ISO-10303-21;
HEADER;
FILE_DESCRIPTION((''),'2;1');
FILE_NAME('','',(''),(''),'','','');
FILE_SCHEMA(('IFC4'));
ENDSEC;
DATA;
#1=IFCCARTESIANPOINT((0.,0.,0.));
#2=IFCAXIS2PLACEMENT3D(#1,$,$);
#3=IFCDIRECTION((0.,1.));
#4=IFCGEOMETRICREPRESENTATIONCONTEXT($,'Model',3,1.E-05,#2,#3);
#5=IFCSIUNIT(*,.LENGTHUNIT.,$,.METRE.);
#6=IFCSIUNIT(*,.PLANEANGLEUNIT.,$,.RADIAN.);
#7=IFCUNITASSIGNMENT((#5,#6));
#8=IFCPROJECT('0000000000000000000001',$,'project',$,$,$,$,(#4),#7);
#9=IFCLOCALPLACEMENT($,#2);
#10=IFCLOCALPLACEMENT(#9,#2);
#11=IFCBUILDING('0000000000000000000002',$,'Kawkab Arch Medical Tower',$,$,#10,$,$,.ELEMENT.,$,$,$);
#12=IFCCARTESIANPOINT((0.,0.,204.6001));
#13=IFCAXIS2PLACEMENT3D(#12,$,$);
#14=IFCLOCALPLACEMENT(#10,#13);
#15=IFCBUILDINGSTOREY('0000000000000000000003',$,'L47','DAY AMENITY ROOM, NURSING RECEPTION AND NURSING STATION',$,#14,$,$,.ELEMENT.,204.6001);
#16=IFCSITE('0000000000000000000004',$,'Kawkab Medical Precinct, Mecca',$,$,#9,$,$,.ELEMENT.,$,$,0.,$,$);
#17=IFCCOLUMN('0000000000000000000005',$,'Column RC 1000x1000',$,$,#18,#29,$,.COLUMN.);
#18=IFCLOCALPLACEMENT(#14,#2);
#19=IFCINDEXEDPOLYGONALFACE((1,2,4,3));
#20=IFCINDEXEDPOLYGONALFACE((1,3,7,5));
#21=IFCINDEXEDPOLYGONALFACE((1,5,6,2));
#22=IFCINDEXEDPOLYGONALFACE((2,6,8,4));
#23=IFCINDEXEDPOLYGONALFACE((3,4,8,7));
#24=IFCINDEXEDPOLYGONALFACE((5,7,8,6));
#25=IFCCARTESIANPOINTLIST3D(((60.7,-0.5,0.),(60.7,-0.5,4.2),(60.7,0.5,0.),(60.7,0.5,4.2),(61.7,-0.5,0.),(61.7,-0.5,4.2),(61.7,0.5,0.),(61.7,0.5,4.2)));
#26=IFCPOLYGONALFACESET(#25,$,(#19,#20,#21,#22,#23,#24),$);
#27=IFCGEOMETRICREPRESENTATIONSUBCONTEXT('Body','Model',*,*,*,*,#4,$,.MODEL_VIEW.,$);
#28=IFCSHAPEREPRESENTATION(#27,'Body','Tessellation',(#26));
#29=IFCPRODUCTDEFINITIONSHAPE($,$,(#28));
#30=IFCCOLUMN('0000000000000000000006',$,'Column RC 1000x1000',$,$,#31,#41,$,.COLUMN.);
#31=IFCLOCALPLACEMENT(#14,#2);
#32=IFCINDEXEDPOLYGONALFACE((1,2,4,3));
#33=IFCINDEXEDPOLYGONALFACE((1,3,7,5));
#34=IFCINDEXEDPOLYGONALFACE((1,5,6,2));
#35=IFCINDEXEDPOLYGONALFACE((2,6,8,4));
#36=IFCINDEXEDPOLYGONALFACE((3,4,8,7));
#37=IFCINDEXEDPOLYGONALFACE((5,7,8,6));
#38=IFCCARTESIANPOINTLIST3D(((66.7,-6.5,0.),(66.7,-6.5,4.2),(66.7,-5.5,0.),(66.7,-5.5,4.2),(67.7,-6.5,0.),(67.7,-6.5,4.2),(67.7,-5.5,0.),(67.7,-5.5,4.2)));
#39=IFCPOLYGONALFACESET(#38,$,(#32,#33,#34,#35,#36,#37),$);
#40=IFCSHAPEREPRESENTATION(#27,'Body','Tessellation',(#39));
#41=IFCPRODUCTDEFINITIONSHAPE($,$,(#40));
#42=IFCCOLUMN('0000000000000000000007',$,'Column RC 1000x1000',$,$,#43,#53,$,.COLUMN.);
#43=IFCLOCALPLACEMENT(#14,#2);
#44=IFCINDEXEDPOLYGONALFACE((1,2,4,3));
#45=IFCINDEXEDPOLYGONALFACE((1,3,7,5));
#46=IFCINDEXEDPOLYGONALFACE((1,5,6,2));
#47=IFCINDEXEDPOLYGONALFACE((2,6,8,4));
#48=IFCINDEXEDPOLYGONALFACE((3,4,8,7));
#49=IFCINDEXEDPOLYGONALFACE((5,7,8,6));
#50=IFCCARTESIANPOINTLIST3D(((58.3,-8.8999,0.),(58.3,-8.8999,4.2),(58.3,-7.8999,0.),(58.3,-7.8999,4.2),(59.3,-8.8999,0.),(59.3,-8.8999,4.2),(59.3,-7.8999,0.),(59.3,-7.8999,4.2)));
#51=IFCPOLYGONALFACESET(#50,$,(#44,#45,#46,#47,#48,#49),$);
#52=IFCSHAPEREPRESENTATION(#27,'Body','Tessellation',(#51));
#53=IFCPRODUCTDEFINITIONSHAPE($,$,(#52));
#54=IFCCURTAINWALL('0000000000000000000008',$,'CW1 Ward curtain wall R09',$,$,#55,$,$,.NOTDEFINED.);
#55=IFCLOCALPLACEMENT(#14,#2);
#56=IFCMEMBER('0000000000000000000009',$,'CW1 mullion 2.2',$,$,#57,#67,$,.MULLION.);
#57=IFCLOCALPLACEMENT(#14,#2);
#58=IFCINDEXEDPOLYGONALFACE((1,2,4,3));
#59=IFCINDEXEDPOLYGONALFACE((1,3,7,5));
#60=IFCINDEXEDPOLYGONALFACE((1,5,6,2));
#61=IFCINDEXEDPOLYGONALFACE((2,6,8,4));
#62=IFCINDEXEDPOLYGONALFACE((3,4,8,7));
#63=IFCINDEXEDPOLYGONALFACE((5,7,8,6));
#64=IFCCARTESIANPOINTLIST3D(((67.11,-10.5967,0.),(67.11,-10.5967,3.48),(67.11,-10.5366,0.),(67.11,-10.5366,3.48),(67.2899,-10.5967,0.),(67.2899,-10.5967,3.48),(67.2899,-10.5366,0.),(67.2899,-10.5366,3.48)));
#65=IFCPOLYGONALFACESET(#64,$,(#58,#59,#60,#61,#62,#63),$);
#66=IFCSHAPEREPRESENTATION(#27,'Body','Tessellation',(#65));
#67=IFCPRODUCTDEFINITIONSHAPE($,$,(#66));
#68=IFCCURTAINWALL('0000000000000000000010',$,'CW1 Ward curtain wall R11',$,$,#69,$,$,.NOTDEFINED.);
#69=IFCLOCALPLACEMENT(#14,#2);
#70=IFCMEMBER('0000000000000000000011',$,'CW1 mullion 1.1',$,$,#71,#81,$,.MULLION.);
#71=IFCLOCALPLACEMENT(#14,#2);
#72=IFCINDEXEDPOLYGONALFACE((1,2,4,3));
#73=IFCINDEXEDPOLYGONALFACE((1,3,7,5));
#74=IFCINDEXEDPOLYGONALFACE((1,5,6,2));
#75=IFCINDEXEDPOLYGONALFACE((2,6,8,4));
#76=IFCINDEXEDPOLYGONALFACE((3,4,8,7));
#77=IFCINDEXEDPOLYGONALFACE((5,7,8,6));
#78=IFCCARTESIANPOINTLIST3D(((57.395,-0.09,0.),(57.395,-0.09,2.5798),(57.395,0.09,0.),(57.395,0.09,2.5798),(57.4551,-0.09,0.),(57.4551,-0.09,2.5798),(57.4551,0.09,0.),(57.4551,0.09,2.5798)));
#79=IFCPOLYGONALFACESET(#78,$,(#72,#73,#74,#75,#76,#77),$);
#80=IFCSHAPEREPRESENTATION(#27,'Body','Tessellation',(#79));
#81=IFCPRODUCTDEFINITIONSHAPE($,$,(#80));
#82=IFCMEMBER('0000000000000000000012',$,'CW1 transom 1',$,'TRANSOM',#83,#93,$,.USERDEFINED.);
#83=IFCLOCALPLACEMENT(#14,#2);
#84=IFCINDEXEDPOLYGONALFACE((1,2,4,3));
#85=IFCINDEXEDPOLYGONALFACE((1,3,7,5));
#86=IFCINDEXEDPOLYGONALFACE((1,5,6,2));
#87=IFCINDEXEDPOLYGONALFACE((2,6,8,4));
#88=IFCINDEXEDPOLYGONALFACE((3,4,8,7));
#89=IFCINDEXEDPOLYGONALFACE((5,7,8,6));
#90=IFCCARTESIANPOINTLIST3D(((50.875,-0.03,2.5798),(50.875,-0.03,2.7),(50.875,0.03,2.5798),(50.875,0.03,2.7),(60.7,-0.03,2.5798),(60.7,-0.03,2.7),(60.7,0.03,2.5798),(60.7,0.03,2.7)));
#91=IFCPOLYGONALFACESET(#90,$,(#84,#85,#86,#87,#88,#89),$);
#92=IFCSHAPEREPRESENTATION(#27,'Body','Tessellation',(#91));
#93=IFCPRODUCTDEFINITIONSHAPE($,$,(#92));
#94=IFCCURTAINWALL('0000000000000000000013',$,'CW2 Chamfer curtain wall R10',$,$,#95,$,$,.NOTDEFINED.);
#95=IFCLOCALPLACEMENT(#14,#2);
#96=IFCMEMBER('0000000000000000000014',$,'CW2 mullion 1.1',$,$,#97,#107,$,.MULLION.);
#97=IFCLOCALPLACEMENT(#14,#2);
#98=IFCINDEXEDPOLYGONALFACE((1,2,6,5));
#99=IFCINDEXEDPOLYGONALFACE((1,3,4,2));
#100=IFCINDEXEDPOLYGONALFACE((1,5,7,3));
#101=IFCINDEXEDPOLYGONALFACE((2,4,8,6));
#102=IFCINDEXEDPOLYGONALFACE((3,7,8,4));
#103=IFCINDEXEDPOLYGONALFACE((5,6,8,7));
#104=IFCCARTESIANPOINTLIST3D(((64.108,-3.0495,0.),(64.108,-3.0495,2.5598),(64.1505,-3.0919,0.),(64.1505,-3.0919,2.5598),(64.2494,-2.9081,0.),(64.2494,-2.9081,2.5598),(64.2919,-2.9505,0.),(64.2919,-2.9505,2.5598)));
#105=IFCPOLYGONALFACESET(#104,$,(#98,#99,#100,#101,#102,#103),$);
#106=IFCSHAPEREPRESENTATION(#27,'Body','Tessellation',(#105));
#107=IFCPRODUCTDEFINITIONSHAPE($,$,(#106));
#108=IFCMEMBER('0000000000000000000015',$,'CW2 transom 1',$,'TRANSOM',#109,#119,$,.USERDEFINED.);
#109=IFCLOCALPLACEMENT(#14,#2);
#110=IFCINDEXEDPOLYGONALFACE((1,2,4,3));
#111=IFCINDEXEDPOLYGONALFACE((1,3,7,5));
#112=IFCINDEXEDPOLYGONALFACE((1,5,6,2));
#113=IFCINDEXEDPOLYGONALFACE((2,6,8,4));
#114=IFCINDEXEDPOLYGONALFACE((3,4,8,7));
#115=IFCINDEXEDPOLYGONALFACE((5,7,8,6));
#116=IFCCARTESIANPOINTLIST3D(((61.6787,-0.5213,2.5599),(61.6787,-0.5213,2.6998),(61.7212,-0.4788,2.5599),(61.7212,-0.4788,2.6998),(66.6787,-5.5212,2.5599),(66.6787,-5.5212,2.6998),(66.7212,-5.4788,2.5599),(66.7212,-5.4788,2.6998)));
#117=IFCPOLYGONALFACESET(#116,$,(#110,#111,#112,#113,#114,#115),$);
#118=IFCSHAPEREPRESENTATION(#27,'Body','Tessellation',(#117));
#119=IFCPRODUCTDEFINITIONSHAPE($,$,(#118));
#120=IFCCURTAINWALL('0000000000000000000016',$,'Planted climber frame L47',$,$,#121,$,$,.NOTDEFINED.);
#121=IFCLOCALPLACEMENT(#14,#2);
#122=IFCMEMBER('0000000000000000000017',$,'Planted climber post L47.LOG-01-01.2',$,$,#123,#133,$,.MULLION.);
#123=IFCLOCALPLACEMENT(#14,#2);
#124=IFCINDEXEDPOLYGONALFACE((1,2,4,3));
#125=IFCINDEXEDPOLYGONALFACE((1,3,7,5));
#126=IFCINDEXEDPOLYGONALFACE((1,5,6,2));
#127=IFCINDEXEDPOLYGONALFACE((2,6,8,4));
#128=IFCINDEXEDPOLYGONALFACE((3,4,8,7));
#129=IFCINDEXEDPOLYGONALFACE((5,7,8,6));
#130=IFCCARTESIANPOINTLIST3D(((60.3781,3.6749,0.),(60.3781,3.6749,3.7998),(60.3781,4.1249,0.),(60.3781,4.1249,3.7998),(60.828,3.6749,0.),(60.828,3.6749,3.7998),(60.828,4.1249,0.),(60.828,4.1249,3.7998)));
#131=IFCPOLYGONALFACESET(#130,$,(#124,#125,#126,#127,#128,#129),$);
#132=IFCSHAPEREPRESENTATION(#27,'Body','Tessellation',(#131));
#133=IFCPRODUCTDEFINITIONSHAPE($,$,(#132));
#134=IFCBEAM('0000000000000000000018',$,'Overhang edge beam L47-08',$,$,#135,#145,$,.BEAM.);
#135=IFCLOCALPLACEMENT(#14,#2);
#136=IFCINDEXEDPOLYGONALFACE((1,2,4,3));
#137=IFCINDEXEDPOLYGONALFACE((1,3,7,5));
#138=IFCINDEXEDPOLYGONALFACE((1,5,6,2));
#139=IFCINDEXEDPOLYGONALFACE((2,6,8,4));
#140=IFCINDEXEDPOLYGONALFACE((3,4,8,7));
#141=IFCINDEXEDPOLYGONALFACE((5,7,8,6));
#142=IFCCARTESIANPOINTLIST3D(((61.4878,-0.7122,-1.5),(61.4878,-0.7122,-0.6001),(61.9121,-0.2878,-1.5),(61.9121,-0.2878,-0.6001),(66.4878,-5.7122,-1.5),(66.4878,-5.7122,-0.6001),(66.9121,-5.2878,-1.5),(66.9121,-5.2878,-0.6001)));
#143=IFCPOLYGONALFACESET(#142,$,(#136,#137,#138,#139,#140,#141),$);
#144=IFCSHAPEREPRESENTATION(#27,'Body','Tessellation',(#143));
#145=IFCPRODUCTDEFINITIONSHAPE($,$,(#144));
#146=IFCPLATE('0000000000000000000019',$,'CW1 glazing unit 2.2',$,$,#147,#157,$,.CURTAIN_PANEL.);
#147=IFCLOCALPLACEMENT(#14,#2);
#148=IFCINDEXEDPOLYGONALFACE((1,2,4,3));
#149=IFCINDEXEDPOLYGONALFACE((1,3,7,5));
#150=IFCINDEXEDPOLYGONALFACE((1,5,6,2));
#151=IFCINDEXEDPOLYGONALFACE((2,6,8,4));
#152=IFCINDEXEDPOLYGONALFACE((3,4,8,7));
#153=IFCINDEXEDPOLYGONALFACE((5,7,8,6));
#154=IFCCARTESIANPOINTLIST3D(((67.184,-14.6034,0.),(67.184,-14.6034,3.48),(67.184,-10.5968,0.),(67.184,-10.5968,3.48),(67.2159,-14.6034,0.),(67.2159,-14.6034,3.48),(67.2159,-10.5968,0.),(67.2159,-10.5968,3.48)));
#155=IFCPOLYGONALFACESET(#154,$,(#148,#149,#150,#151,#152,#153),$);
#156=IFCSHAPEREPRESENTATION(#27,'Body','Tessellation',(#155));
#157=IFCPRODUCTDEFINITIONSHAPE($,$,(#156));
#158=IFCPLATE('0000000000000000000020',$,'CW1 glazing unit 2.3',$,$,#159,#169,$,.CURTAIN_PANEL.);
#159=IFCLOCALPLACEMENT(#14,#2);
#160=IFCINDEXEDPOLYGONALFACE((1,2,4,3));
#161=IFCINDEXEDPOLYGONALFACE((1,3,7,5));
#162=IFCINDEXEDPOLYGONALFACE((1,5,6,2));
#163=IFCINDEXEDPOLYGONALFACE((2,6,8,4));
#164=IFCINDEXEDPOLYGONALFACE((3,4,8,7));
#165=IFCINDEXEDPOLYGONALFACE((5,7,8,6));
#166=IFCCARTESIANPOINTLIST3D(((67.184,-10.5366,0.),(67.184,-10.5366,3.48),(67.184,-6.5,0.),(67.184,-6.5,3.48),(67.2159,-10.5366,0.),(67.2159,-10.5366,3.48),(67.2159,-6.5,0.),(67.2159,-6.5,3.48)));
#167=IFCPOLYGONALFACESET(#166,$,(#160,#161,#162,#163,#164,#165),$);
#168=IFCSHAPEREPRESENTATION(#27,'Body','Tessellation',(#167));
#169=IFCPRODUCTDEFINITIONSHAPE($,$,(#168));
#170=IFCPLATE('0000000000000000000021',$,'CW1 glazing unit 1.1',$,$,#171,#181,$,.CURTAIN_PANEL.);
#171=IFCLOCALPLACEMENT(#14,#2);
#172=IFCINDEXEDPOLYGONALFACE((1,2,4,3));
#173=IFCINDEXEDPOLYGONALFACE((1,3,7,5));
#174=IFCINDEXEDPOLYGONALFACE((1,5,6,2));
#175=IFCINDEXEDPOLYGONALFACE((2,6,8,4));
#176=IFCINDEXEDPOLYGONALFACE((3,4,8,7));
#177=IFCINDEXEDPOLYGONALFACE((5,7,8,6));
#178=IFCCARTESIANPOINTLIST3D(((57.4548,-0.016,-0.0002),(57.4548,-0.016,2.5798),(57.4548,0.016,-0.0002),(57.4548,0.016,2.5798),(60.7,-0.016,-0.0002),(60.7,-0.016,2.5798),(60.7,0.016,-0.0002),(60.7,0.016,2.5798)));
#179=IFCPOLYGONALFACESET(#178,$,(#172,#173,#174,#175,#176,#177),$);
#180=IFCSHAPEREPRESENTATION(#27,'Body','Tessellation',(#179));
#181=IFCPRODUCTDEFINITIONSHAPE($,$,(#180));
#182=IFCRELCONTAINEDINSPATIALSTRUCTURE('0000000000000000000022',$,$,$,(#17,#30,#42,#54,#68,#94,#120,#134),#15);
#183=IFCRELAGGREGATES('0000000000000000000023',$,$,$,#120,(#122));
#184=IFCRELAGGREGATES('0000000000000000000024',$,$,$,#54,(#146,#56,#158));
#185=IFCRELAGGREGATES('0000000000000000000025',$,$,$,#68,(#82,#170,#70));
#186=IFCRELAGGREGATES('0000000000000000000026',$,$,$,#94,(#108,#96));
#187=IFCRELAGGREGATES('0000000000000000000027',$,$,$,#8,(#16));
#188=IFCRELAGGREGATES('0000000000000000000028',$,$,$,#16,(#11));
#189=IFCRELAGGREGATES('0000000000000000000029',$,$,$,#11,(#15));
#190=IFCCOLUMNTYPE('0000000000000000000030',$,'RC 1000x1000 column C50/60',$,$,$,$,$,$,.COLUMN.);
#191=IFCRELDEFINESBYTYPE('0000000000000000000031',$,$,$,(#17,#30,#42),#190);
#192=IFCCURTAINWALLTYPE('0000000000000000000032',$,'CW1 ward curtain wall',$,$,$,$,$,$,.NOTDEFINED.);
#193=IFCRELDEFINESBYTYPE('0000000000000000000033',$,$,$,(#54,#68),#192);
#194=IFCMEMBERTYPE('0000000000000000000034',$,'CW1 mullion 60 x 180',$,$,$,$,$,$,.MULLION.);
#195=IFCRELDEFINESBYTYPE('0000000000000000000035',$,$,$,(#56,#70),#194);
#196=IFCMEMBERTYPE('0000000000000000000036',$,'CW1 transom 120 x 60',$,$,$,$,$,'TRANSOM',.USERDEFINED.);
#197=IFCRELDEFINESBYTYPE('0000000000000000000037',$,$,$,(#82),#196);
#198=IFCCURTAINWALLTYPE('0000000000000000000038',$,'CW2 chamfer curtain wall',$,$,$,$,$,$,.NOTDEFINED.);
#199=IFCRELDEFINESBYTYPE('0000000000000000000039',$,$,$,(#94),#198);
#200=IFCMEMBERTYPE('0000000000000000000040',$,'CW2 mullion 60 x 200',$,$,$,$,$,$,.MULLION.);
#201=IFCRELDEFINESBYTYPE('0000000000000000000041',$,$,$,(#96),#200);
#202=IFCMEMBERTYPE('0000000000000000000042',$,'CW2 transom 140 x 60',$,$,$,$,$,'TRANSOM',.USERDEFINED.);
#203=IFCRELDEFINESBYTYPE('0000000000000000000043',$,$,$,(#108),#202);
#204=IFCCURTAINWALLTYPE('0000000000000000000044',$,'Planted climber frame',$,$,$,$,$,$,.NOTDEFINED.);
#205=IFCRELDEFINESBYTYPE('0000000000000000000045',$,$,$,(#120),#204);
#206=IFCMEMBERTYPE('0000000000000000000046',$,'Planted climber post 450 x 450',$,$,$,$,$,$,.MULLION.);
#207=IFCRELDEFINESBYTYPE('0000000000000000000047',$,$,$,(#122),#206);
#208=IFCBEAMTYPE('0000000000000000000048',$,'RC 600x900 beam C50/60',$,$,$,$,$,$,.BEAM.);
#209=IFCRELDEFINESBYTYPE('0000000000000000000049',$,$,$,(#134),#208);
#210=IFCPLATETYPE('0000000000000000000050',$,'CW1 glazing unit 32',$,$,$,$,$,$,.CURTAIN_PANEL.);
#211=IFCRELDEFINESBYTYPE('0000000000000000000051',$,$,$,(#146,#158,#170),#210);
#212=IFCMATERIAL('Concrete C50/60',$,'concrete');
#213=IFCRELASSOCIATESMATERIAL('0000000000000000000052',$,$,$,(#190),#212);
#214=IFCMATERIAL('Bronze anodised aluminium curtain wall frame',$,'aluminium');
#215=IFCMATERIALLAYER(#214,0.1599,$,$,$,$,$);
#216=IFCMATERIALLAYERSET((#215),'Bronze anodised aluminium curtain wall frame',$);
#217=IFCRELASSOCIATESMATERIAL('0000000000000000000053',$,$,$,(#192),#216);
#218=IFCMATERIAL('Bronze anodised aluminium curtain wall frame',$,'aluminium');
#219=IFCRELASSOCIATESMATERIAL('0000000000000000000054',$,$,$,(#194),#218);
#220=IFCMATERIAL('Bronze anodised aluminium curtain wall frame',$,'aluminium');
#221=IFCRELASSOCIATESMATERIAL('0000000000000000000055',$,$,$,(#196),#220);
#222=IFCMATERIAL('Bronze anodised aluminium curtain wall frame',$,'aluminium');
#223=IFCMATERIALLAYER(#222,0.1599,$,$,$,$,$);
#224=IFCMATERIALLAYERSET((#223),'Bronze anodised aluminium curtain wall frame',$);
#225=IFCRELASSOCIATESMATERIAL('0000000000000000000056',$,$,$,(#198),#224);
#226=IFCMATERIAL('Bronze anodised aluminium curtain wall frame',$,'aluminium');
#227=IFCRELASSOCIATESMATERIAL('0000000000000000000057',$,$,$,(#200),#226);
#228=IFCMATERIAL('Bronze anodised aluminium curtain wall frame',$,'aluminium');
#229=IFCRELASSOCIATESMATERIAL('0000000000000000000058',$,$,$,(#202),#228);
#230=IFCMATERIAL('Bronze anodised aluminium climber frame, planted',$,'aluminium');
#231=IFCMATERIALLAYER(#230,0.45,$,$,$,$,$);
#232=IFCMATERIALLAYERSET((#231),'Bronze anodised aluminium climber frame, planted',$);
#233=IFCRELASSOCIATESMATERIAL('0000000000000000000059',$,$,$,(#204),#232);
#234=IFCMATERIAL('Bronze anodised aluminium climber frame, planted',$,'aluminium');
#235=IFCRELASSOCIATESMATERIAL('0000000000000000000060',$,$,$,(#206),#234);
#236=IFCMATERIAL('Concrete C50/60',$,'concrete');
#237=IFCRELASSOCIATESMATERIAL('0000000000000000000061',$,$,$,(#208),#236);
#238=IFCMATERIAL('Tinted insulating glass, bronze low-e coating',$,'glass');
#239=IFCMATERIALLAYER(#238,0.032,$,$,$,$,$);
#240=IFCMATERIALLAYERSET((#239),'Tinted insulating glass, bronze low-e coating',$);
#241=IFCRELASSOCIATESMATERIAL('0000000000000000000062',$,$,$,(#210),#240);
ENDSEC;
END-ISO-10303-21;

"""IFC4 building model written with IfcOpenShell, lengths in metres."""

from ifc_helpers import new_model, si_unit, direction, frame, origin, origin_2d, place, context, subcontext, project, spatial, rectangle, extrude, material, layer, layer_set, material_profile, profile_set, type_object, element, aggregate, save


model = new_model("IFC4")

# Units and contexts
model_context = context("Model", 3, precision=1e-05, world=origin(), true_north=direction((0.0, 1.0)))
body_context = subcontext(model_context, "Body", "Model", "MODEL_VIEW")
ifc_project = project(units=[si_unit("LENGTHUNIT", "METRE"), si_unit("PLANEANGLEUNIT", "RADIAN")], contexts=[model_context])

# Site, building, storey
site_placement = place(None, origin())
site = spatial("IfcSite", under=ifc_project, at=site_placement, Name="Kawkab Medical Precinct, Mecca", CompositionType="ELEMENT", RefElevation=0.0)
building_placement = place(site_placement, origin())
building = spatial("IfcBuilding", under=site, at=building_placement, Name="Kawkab Arch Medical Tower", CompositionType="ELEMENT")
storey_placement = place(building_placement, frame((0.0, 0.0, 204.6001)))
storey = spatial("IfcBuildingStorey", under=building, at=storey_placement, Name="L47", Description="DAY AMENITY ROOM, NURSING RECEPTION AND NURSING STATION", CompositionType="ELEMENT", Elevation=204.6001)

# Columns
ifc_material_1 = material(Name="Concrete C50/60", Category="concrete")
ifc_material_profile_1 = material_profile(ifc_material_1, rectangle(XDim=1.0, YDim=1.0, at=origin_2d()), Name="RC 1000x1000")
ifc_profile_set_1 = profile_set([ifc_material_profile_1], Name="Concrete C50/60")
column_type = type_object("IfcColumnType", Name="RC 1000x1000 column C50/60", PredefinedType="COLUMN", material=ifc_profile_set_1)
for number, where, z_axis, x_axis, name in (
    (1, (61.2, 0.0, 0.0), (0.0, 0.0, 1.0), (1.0, 0.0, 0.0), "Column RC 1000x1000"),
    (2, (67.2, -6.0, 0.0), (0.0, 0.0, 1.0), (1.0, 0.0, 0.0), "Column RC 1000x1000"),
    (3, (58.8, -8.3999, 0.0), (0.0, 0.0, 1.0), (1.0, 0.0, 0.0), "Column RC 1000x1000"),
):
    element("IfcColumn", number, at=place(storey_placement, frame(where, z_axis=z_axis, x_axis=x_axis)), inside=storey, type_object=column_type, Name=name, PredefinedType="COLUMN", context=body_context, shape_type="SweptSolid", body=[
        extrude(rectangle(XDim=1.0, YDim=1.0, at=origin_2d()), origin(), (0.0, 0.0, 1.0), 4.2),
    ])

# Curtain wall, member
ifc_material_2 = material(Name="Bronze anodised aluminium curtain wall frame", Category="aluminium")
ifc_layer_1 = layer(ifc_material_2, 0.1599)
ifc_layer_set_1 = layer_set([ifc_layer_1], Name="Bronze anodised aluminium curtain wall frame")
curtain_wall_type_1 = type_object("IfcCurtainWallType", Name="CW1 ward curtain wall", PredefinedType="NOTDEFINED", material=ifc_layer_set_1)
placement = place(storey_placement, origin())
curtain_wall_1 = element("IfcCurtainWall", 4, at=placement, inside=storey, type_object=curtain_wall_type_1, Name="CW1 Ward curtain wall R09", PredefinedType="NOTDEFINED")
ifc_material_3 = material(Name="Bronze anodised aluminium curtain wall frame", Category="aluminium")
ifc_material_profile_2 = material_profile(ifc_material_3, rectangle(XDim=0.1799, YDim=0.0601, at=origin_2d()), Name="AL 60x180")
ifc_profile_set_2 = profile_set([ifc_material_profile_2], Name="Bronze anodised aluminium curtain wall frame")
member_type_1 = type_object("IfcMemberType", Name="CW1 mullion 60 x 180", PredefinedType="MULLION", material=ifc_profile_set_2)
member_1_placement = place(storey_placement, frame((67.2, -10.5667, 0.0), z_axis=(0.0, 0.0, 1.0), x_axis=(-1.0, 0.0, 0.0)))
member_1 = element("IfcMember", 5, at=member_1_placement, type_object=member_type_1, Name="CW1 mullion 2.2", PredefinedType="MULLION", context=body_context, shape_type="SweptSolid", body=[
    extrude(rectangle(XDim=0.1799, YDim=0.0601, at=origin_2d()), origin(), (0.0, 0.0, 1.0), 3.48),
])

# Curtain walls, members
curtain_wall_2 = element("IfcCurtainWall", 6, at=placement, inside=storey, type_object=curtain_wall_type_1, Name="CW1 Ward curtain wall R11", PredefinedType="NOTDEFINED")
member_2_placement = place(storey_placement, frame((57.425, 0.0, 0.0), z_axis=(0.0, 0.0, 1.0), x_axis=(0.0, -1.0, 0.0)))
member_2 = element("IfcMember", 7, at=member_2_placement, type_object=member_type_1, Name="CW1 mullion 1.1", PredefinedType="MULLION", context=body_context, shape_type="SweptSolid", body=[
    extrude(rectangle(XDim=0.1799, YDim=0.0601, at=origin_2d()), origin(), (0.0, 0.0, 1.0), 2.5798),
])
ifc_material_4 = material(Name="Bronze anodised aluminium curtain wall frame", Category="aluminium")
ifc_material_profile_3 = material_profile(ifc_material_4, rectangle(XDim=0.0601, YDim=0.1201, at=origin_2d()), Name="AL 60x120")
ifc_profile_set_3 = profile_set([ifc_material_profile_3], Name="Bronze anodised aluminium curtain wall frame")
member_type_2 = type_object("IfcMemberType", Name="CW1 transom 120 x 60", ElementType="TRANSOM", PredefinedType="USERDEFINED", material=ifc_profile_set_3)
member_3_placement = place(storey_placement, frame((60.7, 0.0, 2.6399), z_axis=(-1.0, 0.0, 0.0), x_axis=(0.0, -1.0, 0.0)))
member_3 = element("IfcMember", 8, at=member_3_placement, type_object=member_type_2, Name="CW1 transom 1", ObjectType="TRANSOM", PredefinedType="USERDEFINED", context=body_context, shape_type="SweptSolid", body=[
    extrude(rectangle(XDim=0.0601, YDim=0.1201, at=origin_2d()), origin(), (0.0, 0.0, 1.0), 9.825),
])
ifc_material_5 = material(Name="Bronze anodised aluminium curtain wall frame", Category="aluminium")
ifc_layer_2 = layer(ifc_material_5, 0.1599)
ifc_layer_set_2 = layer_set([ifc_layer_2], Name="Bronze anodised aluminium curtain wall frame")
curtain_wall_type_2 = type_object("IfcCurtainWallType", Name="CW2 chamfer curtain wall", PredefinedType="NOTDEFINED", material=ifc_layer_set_2)
curtain_wall_3 = element("IfcCurtainWall", 9, at=placement, inside=storey, type_object=curtain_wall_type_2, Name="CW2 Chamfer curtain wall R10", PredefinedType="NOTDEFINED")
ifc_material_6 = material(Name="Bronze anodised aluminium curtain wall frame", Category="aluminium")
ifc_material_profile_4 = material_profile(ifc_material_6, rectangle(XDim=0.2, YDim=0.0601, at=origin_2d()), Name="AL 60x200")
ifc_profile_set_4 = profile_set([ifc_material_profile_4], Name="Bronze anodised aluminium curtain wall frame")
member_type_3 = type_object("IfcMemberType", Name="CW2 mullion 60 x 200", PredefinedType="MULLION", material=ifc_profile_set_4)
member_4_placement = place(storey_placement, frame((64.2, -3.0, 0.0), z_axis=(0.0, 0.0, 1.0), x_axis=(-0.707107, -0.707107, 0.0)))
member_4 = element("IfcMember", 10, at=member_4_placement, type_object=member_type_3, Name="CW2 mullion 1.1", PredefinedType="MULLION", context=body_context, shape_type="SweptSolid", body=[
    extrude(rectangle(XDim=0.2, YDim=0.0601, at=origin_2d()), origin(), (0.0, 0.0, 1.0), 2.5598),
])
ifc_material_7 = material(Name="Bronze anodised aluminium curtain wall frame", Category="aluminium")
ifc_material_profile_5 = material_profile(ifc_material_7, rectangle(XDim=0.0601, YDim=0.1399, at=origin_2d()), Name="AL 60x140")
ifc_profile_set_5 = profile_set([ifc_material_profile_5], Name="Bronze anodised aluminium curtain wall frame")
member_type_4 = type_object("IfcMemberType", Name="CW2 transom 140 x 60", ElementType="TRANSOM", PredefinedType="USERDEFINED", material=ifc_profile_set_5)
member_5_placement = place(storey_placement, frame((66.7, -5.5, 2.6299), z_axis=(-0.707107, 0.707107, 0.0), x_axis=(-0.707107, -0.707107, 0.0)))
member_5 = element("IfcMember", 11, at=member_5_placement, type_object=member_type_4, Name="CW2 transom 1", ObjectType="TRANSOM", PredefinedType="USERDEFINED", context=body_context, shape_type="SweptSolid", body=[
    extrude(rectangle(XDim=0.0601, YDim=0.1399, at=origin_2d()), origin(), (0.0, 0.0, 1.0), 7.071),
])

# Curtain wall, member
ifc_material_8 = material(Name="Bronze anodised aluminium climber frame, planted", Category="aluminium")
ifc_layer_3 = layer(ifc_material_8, 0.45)
ifc_layer_set_3 = layer_set([ifc_layer_3], Name="Bronze anodised aluminium climber frame, planted")
curtain_wall_type_3 = type_object("IfcCurtainWallType", Name="Planted climber frame", PredefinedType="NOTDEFINED", material=ifc_layer_set_3)
curtain_wall_4 = element("IfcCurtainWall", 12, at=placement, inside=storey, type_object=curtain_wall_type_3, Name="Planted climber frame L47", PredefinedType="NOTDEFINED")
ifc_material_9 = material(Name="Bronze anodised aluminium climber frame, planted", Category="aluminium")
ifc_material_profile_6 = material_profile(ifc_material_9, rectangle(XDim=0.45, YDim=0.45, at=origin_2d()), Name="Post 450x450")
ifc_profile_set_6 = profile_set([ifc_material_profile_6], Name="Bronze anodised aluminium climber frame, planted")
member_type_5 = type_object("IfcMemberType", Name="Planted climber post 450 x 450", PredefinedType="MULLION", material=ifc_profile_set_6)
member_6_placement = place(storey_placement, frame((60.603, 3.8999, 0.0), z_axis=(0.0, 0.0, 1.0), x_axis=(1.0, 0.0, 0.0)))
member_6 = element("IfcMember", 13, at=member_6_placement, type_object=member_type_5, Name="Planted climber post L47.LOG-01-01.2", PredefinedType="MULLION", context=body_context, shape_type="SweptSolid", body=[
    extrude(rectangle(XDim=0.45, YDim=0.45, at=origin_2d()), origin(), (0.0, 0.0, 1.0), 3.7998),
])
aggregate(curtain_wall_4, [member_6])

# Beam
ifc_material_10 = material(Name="Concrete C50/60", Category="concrete")
ifc_material_profile_7 = material_profile(ifc_material_10, rectangle(XDim=0.6001, YDim=0.8999, at=origin_2d()), Name="RC 600x900")
ifc_profile_set_7 = profile_set([ifc_material_profile_7], Name="Concrete C50/60")
beam_type = type_object("IfcBeamType", Name="RC 600x900 beam C50/60", PredefinedType="BEAM", material=ifc_profile_set_7)
beam_placement = place(storey_placement, frame((61.7, -0.5, -1.05), z_axis=(0.707107, -0.707107, 0.0), x_axis=(0.707107, 0.707107, 0.0)))
element("IfcBeam", 14, at=beam_placement, inside=storey, type_object=beam_type, Name="Overhang edge beam L47-08", PredefinedType="BEAM", context=body_context, shape_type="SweptSolid", body=[
    extrude(rectangle(XDim=0.6001, YDim=0.8999, at=origin_2d()), origin(), (0.0, 0.0, 1.0), 7.071),
])

# Plates
ifc_material_11 = material(Name="Tinted insulating glass, bronze low-e coating", Category="glass")
ifc_layer_4 = layer(ifc_material_11, 0.032)
ifc_layer_set_4 = layer_set([ifc_layer_4], Name="Tinted insulating glass, bronze low-e coating")
plate_type_1 = type_object("IfcPlateType", Name="CW1 glazing unit 32", PredefinedType="CURTAIN_PANEL", material=ifc_layer_set_4)
plate_1_placement = place(storey_placement, frame((67.2, -12.6001, 0.0), z_axis=(0.0, 0.0, 1.0), x_axis=(0.0, 1.0, 0.0)))
plate_1 = element("IfcPlate", 15, at=plate_1_placement, type_object=plate_type_1, Name="CW1 glazing unit 2.2", PredefinedType="CURTAIN_PANEL", context=body_context, shape_type="SweptSolid", body=[
    extrude(rectangle(XDim=4.0066, YDim=0.032, at=origin_2d()), origin(), (0.0, 0.0, 1.0), 3.48),
])
plate_2_placement = place(storey_placement, frame((67.2, -8.5183, 0.0), z_axis=(0.0, 0.0, 1.0), x_axis=(0.0, 1.0, 0.0)))
plate_2 = element("IfcPlate", 16, at=plate_2_placement, type_object=plate_type_1, Name="CW1 glazing unit 2.3", PredefinedType="CURTAIN_PANEL", context=body_context, shape_type="SweptSolid", body=[
    extrude(rectangle(XDim=4.0366, YDim=0.032, at=origin_2d()), origin(), (0.0, 0.0, 1.0), 3.48),
])
aggregate(curtain_wall_1, [plate_1, member_1, plate_2])
plate_3_placement = place(storey_placement, frame((59.0774, 0.0, -0.0002), z_axis=(0.0, 0.0, 1.0), x_axis=(-1.0, 0.0, 0.0)))
plate_3 = element("IfcPlate", 17, at=plate_3_placement, type_object=plate_type_1, Name="CW1 glazing unit 1.1", PredefinedType="CURTAIN_PANEL", context=body_context, shape_type="SweptSolid", body=[
    extrude(rectangle(XDim=3.2451, YDim=0.032, at=origin_2d()), origin(), (0.0, 0.0, 1.0), 2.5801),
])
aggregate(curtain_wall_2, [member_3, plate_3, member_2])
aggregate(curtain_wall_3, [member_5, member_4])

save(model, "model.ifc")
